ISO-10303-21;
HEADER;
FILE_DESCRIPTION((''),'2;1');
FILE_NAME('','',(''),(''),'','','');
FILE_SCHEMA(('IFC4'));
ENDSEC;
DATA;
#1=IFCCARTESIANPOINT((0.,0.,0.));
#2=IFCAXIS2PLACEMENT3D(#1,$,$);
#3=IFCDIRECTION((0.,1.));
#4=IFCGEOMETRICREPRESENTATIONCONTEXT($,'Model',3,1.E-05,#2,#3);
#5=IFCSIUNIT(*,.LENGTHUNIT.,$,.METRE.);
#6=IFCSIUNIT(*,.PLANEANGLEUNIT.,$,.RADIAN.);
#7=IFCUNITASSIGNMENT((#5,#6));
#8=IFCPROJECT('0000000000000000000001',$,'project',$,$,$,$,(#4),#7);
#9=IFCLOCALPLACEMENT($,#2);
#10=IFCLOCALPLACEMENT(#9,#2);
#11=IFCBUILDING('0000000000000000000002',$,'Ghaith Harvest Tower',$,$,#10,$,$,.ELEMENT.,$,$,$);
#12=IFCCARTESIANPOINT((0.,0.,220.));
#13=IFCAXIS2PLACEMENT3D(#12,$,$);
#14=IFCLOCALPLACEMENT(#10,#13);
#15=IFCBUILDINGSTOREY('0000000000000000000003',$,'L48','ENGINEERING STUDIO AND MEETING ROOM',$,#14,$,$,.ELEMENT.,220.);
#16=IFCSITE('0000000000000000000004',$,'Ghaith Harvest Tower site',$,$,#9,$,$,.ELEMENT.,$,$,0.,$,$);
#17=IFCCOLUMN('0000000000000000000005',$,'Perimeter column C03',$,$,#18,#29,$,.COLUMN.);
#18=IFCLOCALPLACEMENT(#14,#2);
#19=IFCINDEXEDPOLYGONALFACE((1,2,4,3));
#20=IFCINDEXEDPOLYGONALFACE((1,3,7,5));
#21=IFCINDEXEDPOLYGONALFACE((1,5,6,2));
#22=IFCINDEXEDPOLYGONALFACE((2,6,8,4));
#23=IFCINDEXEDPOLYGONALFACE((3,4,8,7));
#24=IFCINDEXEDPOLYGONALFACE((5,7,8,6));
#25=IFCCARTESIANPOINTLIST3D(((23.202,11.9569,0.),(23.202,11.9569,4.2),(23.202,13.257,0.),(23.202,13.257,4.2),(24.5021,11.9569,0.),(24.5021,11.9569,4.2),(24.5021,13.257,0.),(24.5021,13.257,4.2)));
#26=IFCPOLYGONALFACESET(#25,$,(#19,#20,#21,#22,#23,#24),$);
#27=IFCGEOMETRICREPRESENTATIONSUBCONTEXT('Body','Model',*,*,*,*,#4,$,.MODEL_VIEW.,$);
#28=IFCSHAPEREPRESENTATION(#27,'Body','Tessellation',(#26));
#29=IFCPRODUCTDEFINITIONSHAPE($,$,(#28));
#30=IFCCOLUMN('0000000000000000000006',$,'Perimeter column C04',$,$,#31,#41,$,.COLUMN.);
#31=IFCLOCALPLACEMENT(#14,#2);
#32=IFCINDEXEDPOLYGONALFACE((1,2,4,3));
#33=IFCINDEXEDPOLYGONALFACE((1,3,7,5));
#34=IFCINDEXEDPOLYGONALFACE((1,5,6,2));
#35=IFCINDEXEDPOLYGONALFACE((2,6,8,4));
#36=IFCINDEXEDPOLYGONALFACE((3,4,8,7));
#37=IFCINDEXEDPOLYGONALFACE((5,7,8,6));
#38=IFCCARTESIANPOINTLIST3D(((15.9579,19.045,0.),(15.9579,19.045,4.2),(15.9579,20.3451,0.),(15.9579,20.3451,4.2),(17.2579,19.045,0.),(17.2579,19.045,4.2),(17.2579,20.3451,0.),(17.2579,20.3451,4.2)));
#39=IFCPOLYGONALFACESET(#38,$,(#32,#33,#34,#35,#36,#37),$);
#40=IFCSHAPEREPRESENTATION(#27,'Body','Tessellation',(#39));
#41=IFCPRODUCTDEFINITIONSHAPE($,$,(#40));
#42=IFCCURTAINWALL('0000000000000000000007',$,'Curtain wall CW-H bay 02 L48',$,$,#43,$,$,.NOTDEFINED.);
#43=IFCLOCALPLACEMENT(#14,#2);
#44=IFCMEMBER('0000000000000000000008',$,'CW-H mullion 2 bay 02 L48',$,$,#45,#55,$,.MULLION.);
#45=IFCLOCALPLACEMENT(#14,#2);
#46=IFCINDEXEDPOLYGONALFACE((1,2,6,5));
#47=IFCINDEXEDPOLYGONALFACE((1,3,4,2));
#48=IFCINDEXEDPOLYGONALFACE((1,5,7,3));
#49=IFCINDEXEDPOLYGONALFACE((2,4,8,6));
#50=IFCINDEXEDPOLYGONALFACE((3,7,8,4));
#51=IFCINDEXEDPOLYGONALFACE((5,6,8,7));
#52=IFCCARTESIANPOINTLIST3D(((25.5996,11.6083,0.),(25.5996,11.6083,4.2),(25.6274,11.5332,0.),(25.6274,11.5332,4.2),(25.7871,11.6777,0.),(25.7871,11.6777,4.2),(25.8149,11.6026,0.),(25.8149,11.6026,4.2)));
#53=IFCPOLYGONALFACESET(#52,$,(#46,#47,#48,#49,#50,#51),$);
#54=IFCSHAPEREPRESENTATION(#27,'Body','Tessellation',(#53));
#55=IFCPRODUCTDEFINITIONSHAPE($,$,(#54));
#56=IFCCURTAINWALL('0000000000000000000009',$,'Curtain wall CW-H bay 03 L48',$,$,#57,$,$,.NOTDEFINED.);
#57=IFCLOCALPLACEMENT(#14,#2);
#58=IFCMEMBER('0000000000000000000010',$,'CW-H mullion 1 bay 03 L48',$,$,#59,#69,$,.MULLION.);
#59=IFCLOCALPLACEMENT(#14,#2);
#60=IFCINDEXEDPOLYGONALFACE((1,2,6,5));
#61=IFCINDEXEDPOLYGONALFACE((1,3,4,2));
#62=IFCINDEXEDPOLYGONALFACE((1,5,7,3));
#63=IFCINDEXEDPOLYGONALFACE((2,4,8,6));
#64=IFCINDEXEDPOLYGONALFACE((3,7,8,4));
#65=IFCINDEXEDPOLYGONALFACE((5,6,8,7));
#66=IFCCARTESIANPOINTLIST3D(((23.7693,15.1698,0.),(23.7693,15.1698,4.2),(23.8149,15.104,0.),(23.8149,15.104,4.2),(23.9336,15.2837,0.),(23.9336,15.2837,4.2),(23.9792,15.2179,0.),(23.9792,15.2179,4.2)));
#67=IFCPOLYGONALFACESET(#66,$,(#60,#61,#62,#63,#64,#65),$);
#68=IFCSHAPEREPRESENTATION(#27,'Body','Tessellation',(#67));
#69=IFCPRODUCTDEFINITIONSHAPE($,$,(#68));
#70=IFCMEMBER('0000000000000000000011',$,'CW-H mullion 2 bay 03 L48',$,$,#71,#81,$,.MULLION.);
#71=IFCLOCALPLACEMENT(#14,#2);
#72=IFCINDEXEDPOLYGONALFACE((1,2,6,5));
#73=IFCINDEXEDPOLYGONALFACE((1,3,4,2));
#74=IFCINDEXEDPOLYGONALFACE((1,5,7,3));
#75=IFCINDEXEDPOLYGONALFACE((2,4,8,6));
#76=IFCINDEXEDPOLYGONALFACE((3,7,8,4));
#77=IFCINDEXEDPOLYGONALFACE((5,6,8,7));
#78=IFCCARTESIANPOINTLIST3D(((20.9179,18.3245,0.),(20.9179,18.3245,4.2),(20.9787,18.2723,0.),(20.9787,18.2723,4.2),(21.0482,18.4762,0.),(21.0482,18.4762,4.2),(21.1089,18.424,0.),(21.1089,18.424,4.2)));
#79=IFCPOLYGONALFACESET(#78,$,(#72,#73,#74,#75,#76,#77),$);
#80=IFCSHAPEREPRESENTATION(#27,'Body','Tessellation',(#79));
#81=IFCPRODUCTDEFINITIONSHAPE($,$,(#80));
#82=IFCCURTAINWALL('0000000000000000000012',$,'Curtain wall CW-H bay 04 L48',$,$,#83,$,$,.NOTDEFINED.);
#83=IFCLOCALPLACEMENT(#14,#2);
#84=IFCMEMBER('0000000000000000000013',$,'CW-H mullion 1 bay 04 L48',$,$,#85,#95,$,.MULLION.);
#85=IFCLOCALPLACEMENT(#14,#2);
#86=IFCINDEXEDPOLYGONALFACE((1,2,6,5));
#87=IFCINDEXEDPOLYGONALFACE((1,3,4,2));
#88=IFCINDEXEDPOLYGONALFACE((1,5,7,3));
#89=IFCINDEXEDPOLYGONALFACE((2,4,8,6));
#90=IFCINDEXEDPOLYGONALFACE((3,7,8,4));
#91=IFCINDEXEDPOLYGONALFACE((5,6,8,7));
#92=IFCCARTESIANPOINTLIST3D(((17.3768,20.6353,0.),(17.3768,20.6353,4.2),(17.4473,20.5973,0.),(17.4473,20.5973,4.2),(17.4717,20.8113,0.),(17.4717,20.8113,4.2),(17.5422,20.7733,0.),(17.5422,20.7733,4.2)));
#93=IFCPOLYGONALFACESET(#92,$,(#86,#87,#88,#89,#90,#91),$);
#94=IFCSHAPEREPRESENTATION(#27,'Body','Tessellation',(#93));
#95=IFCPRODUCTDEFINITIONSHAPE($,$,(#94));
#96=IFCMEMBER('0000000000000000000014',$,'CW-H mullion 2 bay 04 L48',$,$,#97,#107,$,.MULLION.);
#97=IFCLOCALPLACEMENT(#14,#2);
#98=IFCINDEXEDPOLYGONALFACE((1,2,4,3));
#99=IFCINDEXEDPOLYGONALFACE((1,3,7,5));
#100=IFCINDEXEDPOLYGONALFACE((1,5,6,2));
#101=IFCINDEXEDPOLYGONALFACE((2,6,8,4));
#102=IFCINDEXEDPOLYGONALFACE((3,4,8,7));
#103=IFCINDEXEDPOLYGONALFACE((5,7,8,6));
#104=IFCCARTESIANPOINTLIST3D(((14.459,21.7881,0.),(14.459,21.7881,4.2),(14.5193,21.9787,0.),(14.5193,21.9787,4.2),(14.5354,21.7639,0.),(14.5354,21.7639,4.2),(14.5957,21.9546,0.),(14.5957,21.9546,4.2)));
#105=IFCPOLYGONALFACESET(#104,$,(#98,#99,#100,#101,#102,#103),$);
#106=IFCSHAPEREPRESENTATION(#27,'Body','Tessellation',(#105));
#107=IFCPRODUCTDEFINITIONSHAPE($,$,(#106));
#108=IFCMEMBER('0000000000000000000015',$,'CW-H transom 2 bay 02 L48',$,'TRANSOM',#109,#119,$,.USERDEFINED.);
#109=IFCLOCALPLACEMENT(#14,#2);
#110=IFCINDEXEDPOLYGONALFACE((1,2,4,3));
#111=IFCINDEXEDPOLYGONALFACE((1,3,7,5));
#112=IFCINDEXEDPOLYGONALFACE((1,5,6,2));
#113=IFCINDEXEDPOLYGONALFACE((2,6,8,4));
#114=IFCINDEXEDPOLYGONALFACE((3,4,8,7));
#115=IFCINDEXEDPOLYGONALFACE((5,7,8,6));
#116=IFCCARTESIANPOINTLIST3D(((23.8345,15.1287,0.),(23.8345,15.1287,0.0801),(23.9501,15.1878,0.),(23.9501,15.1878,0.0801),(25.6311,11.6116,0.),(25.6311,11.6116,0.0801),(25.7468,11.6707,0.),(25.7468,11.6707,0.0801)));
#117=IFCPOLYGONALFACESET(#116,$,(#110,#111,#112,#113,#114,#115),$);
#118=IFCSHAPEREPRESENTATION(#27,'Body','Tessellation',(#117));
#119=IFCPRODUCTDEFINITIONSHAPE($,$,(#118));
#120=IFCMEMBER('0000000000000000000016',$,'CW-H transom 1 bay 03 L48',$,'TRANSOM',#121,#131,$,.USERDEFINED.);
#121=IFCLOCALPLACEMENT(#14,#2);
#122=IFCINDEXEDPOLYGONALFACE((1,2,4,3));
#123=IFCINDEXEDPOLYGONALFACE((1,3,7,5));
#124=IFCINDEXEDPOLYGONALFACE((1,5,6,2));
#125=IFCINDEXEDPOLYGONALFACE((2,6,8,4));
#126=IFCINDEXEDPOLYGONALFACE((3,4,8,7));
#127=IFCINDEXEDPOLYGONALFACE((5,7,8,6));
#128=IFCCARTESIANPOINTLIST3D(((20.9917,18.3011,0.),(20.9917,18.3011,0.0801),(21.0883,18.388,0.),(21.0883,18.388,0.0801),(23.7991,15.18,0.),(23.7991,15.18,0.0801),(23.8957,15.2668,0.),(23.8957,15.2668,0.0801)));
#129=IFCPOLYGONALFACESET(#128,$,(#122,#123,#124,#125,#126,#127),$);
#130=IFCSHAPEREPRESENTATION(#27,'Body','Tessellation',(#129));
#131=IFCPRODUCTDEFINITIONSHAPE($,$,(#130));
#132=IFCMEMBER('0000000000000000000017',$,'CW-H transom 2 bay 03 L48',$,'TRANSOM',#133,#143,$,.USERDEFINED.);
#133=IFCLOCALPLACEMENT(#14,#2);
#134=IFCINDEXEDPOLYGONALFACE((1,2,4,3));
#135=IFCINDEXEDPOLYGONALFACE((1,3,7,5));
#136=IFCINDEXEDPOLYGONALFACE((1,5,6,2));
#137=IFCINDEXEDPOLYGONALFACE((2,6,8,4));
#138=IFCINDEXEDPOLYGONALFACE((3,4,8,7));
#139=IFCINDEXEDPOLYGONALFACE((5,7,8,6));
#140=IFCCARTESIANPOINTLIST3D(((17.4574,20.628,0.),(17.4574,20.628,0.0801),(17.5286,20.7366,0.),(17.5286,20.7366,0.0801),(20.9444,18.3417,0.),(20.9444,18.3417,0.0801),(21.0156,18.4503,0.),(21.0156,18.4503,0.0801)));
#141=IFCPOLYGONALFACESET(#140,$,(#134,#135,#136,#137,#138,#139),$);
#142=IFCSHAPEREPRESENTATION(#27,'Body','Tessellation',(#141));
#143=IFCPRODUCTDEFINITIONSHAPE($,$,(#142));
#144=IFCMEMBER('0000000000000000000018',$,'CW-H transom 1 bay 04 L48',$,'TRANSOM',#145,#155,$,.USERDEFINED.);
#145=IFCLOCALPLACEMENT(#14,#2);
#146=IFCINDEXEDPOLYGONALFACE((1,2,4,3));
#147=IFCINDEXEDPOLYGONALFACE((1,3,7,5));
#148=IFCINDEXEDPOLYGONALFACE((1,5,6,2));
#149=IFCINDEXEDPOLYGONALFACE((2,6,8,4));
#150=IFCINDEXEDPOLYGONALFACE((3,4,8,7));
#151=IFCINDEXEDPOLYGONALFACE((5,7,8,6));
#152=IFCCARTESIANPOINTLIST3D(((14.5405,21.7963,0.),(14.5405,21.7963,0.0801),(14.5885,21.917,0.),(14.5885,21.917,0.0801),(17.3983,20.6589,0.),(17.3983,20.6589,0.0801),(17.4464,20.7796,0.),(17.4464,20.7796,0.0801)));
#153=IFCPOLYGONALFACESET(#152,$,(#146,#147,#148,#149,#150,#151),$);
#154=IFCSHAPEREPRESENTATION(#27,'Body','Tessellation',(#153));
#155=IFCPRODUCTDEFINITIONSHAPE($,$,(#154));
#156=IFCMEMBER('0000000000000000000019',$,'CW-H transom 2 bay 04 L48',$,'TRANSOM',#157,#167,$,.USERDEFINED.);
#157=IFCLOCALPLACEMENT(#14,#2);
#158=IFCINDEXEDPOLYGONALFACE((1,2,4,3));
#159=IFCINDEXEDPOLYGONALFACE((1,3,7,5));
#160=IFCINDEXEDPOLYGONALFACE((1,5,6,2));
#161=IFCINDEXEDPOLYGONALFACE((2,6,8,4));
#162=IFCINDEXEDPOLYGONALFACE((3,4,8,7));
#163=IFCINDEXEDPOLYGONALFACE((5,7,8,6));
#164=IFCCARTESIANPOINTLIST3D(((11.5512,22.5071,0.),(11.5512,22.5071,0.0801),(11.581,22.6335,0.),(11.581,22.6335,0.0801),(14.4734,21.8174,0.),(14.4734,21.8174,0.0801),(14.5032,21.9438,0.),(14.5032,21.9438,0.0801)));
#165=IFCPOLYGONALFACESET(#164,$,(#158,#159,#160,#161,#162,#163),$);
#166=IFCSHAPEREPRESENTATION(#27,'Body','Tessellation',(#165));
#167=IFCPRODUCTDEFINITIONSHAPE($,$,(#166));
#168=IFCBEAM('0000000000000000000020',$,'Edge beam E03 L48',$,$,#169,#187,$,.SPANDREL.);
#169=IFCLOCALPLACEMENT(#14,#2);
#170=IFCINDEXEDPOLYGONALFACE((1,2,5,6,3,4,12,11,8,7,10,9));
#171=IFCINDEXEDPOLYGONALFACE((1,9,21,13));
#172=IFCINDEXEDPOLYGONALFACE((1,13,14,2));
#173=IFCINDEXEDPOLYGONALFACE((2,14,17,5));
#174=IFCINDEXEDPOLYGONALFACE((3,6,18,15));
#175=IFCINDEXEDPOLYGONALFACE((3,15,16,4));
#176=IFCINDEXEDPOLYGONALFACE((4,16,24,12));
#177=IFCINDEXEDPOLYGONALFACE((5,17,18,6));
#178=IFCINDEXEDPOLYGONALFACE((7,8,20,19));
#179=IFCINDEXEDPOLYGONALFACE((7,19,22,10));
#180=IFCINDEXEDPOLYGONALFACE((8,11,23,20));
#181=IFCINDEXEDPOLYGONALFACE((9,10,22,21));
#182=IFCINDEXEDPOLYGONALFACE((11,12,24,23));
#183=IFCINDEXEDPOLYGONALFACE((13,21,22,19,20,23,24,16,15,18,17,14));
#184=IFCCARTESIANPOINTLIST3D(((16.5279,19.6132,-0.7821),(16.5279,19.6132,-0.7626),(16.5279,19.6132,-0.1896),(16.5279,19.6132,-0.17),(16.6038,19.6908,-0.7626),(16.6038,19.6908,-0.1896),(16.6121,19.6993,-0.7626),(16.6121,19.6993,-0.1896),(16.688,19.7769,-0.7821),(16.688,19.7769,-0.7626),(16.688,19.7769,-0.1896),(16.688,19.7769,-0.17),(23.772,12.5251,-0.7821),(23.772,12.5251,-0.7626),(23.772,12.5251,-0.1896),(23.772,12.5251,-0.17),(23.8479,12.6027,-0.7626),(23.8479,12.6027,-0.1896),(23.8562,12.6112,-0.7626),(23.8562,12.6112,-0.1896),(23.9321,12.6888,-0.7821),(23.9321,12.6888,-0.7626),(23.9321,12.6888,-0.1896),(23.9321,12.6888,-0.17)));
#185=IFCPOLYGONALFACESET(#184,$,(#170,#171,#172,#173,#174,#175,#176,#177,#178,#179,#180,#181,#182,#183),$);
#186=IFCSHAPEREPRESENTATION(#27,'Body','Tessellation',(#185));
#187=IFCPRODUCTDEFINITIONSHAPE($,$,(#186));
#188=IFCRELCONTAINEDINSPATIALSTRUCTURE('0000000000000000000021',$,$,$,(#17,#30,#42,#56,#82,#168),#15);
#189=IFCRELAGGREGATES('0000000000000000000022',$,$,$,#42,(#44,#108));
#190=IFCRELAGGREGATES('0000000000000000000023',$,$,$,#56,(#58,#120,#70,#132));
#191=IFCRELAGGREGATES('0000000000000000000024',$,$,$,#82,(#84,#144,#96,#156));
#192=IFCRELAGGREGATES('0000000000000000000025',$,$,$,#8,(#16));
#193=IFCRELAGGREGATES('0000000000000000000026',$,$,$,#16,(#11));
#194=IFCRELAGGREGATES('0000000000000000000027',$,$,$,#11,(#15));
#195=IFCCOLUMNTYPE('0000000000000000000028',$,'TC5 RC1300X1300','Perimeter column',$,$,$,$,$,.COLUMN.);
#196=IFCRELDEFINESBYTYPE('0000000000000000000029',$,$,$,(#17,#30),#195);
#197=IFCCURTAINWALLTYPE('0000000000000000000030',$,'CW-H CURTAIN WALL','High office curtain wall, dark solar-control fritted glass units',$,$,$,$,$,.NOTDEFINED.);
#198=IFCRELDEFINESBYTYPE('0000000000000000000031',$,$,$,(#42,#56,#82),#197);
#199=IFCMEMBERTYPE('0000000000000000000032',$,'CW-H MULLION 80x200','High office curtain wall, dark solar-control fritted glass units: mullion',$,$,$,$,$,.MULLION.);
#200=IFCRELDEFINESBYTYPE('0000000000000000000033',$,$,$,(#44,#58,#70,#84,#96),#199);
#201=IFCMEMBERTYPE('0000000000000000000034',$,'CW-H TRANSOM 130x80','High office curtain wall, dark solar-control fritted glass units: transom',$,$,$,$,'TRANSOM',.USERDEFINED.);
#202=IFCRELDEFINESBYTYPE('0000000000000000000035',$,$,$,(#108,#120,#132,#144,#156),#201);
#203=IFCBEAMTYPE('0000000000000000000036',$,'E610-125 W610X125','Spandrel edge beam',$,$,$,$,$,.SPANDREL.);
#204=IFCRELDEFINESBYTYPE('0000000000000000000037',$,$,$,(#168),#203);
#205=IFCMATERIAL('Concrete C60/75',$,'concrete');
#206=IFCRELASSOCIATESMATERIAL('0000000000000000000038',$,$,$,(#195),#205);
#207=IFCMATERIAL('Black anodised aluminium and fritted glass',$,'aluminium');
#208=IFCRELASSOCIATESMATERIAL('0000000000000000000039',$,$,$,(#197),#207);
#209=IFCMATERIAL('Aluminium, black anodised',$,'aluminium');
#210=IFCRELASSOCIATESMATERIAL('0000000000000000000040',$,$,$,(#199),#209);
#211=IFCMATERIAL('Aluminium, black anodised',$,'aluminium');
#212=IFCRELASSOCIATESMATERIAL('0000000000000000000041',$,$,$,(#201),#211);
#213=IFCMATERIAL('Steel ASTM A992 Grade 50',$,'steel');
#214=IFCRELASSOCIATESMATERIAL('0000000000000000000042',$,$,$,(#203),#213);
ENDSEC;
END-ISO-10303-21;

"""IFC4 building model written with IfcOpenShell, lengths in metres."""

from ifc_helpers import new_model, si_unit, direction, frame, origin, origin_2d, place, context, subcontext, project, spatial, rectangle, i_section, extrude, material, material_profile, profile_set, type_object, element, aggregate, save


model = new_model("IFC4")

# Units and contexts
model_context = context("Model", 3, precision=1e-05, world=origin(), true_north=direction((0.0, 1.0)))
body_context = subcontext(model_context, "Body", "Model", "MODEL_VIEW")
ifc_project = project(units=[si_unit("LENGTHUNIT", "METRE"), si_unit("PLANEANGLEUNIT", "RADIAN")], contexts=[model_context])

# Site, building, storey
site_placement = place(None, origin())
site = spatial("IfcSite", under=ifc_project, at=site_placement, Name="Ghaith Harvest Tower site", CompositionType="ELEMENT", RefElevation=0.0)
building_placement = place(site_placement, origin())
building = spatial("IfcBuilding", under=site, at=building_placement, Name="Ghaith Harvest Tower", CompositionType="ELEMENT")
storey_placement = place(building_placement, frame((0.0, 0.0, 220.0)))
storey = spatial("IfcBuildingStorey", under=building, at=storey_placement, Name="L48", Description="ENGINEERING STUDIO AND MEETING ROOM", CompositionType="ELEMENT", Elevation=220.0)

# Columns
ifc_material_1 = material(Name="Concrete C60/75", Category="concrete")
ifc_material_profile_1 = material_profile(ifc_material_1, rectangle(XDim=1.3, YDim=1.3, at=origin_2d()), Name="RC1300X1300")
ifc_profile_set_1 = profile_set([ifc_material_profile_1], Name="Concrete C60/75")
column_type = type_object("IfcColumnType", Name="TC5 RC1300X1300", Description="Perimeter column", PredefinedType="COLUMN", material=ifc_profile_set_1)
for number, where, z_axis, x_axis, name in (
    (1, (23.8521, 12.6069, 0.0), (0.0, 0.0, 1.0), (1.0, 0.0, 0.0), "Perimeter column C03"),
    (2, (16.6079, 19.6951, 0.0), (0.0, 0.0, 1.0), (1.0, 0.0, 0.0), "Perimeter column C04"),
):
    element("IfcColumn", number, at=place(storey_placement, frame(where, z_axis=z_axis, x_axis=x_axis)), inside=storey, type_object=column_type, Name=name, PredefinedType="COLUMN", context=body_context, shape_type="SweptSolid", body=[
        extrude(rectangle(XDim=1.3, YDim=1.3, at=origin_2d()), origin(), (0.0, 0.0, 1.0), 4.2),
    ])

# Curtain wall, member
ifc_material_2 = material(Name="Black anodised aluminium and fritted glass", Category="aluminium")
curtain_wall_type = type_object("IfcCurtainWallType", Name="CW-H CURTAIN WALL", Description="High office curtain wall, dark solar-control fritted glass units", PredefinedType="NOTDEFINED", material=ifc_material_2)
curtain_wall_1_placement = place(storey_placement, origin())
curtain_wall_1 = element("IfcCurtainWall", 3, at=curtain_wall_1_placement, inside=storey, type_object=curtain_wall_type, Name="Curtain wall CW-H bay 02 L48", PredefinedType="NOTDEFINED")
ifc_material_3 = material(Name="Aluminium, black anodised", Category="aluminium")
ifc_material_profile_2 = material_profile(ifc_material_3, rectangle(XDim=0.0801, YDim=0.2, at=origin_2d()), Name="CW-H MULLION 80x200")
ifc_profile_set_2 = profile_set([ifc_material_profile_2], Name="Aluminium, black anodised")
member_type_1 = type_object("IfcMemberType", Name="CW-H MULLION 80x200", Description="High office curtain wall, dark solar-control fritted glass units: mullion", PredefinedType="MULLION", material=ifc_profile_set_2)
member_1_placement = place(storey_placement, frame((25.7073, 11.6055, 0.0), z_axis=(0.0, 0.0, 1.0), x_axis=(-0.347012, 0.937861, 0.0)))
member_1 = element("IfcMember", 4, at=member_1_placement, type_object=member_type_1, Name="CW-H mullion 2 bay 02 L48", PredefinedType="MULLION", context=body_context, shape_type="SweptSolid", body=[
    extrude(rectangle(XDim=0.0801, YDim=0.2, at=origin_2d()), origin(), (0.0, 0.0, 1.0), 4.2),
])

# Curtain walls, members
curtain_wall_2_placement = place(storey_placement, origin())
curtain_wall_2 = element("IfcCurtainWall", 5, at=curtain_wall_2_placement, inside=storey, type_object=curtain_wall_type, Name="Curtain wall CW-H bay 03 L48", PredefinedType="NOTDEFINED")
member_2_placement = place(storey_placement, frame((23.8743, 15.1938, 0.0), z_axis=(0.0, 0.0, 1.0), x_axis=(-0.569847, 0.821751, 0.0)))
member_2 = element("IfcMember", 6, at=member_2_placement, type_object=member_type_1, Name="CW-H mullion 1 bay 03 L48", PredefinedType="MULLION", context=body_context, shape_type="SweptSolid", body=[
    extrude(rectangle(XDim=0.0801, YDim=0.2, at=origin_2d()), origin(), (0.0, 0.0, 1.0), 4.2),
])
member_3_placement = place(storey_placement, frame((21.0134, 18.3743, 0.0), z_axis=(0.0, 0.0, 1.0), x_axis=(-0.758541, 0.651625, 0.0)))
member_3 = element("IfcMember", 7, at=member_3_placement, type_object=member_type_1, Name="CW-H mullion 2 bay 03 L48", PredefinedType="MULLION", context=body_context, shape_type="SweptSolid", body=[
    extrude(rectangle(XDim=0.0801, YDim=0.2, at=origin_2d()), origin(), (0.0, 0.0, 1.0), 4.2),
])
curtain_wall_3_placement = place(storey_placement, origin())
curtain_wall_3 = element("IfcCurtainWall", 8, at=curtain_wall_3_placement, inside=storey, type_object=curtain_wall_type, Name="Curtain wall CW-H bay 04 L48", PredefinedType="NOTDEFINED")
member_4_placement = place(storey_placement, frame((17.4595, 20.7043, 0.0), z_axis=(0.0, 0.0, 1.0), x_axis=(-0.880203, 0.474597, 0.0)))
member_4 = element("IfcMember", 9, at=member_4_placement, type_object=member_type_1, Name="CW-H mullion 1 bay 04 L48", PredefinedType="MULLION", context=body_context, shape_type="SweptSolid", body=[
    extrude(rectangle(XDim=0.0801, YDim=0.2, at=origin_2d()), origin(), (0.0, 0.0, 1.0), 4.2),
])
member_5_placement = place(storey_placement, frame((14.5273, 21.8713, 0.0), z_axis=(0.0, 0.0, 1.0), x_axis=(-0.953503, 0.301384, 0.0)))
member_5 = element("IfcMember", 10, at=member_5_placement, type_object=member_type_1, Name="CW-H mullion 2 bay 04 L48", PredefinedType="MULLION", context=body_context, shape_type="SweptSolid", body=[
    extrude(rectangle(XDim=0.0801, YDim=0.2, at=origin_2d()), origin(), (0.0, 0.0, 1.0), 4.2),
])

# Members
ifc_material_4 = material(Name="Aluminium, black anodised", Category="aluminium")
ifc_material_profile_3 = material_profile(ifc_material_4, rectangle(XDim=0.1299, YDim=0.0801, at=origin_2d()), Name="CW-H TRANSOM 130x80")
ifc_profile_set_3 = profile_set([ifc_material_profile_3], Name="Aluminium, black anodised")
member_type_2 = type_object("IfcMemberType", Name="CW-H TRANSOM 130x80", Description="High office curtain wall, dark solar-control fritted glass units: transom", ElementType="TRANSOM", PredefinedType="USERDEFINED", material=ifc_profile_set_3)
member_6_placement = place(storey_placement, frame((25.689, 11.6411, 0.04), z_axis=(-0.454912, 0.890537, 0.0), x_axis=(-0.890537, -0.454912, 0.0)))
member_6 = element("IfcMember", 11, at=member_6_placement, type_object=member_type_2, Name="CW-H transom 2 bay 02 L48", ObjectType="TRANSOM", PredefinedType="USERDEFINED", context=body_context, shape_type="SweptSolid", body=[
    extrude(rectangle(XDim=0.1299, YDim=0.0801, at=origin_2d()), origin(), (0.0, 0.0, 1.0), 3.9495),
])
member_7_placement = place(storey_placement, frame((23.8474, 15.2234, 0.04), z_axis=(-0.668753, 0.743485, 0.0), x_axis=(-0.743485, -0.668753, 0.0)))
member_7 = element("IfcMember", 12, at=member_7_placement, type_object=member_type_2, Name="CW-H transom 1 bay 03 L48", ObjectType="TRANSOM", PredefinedType="USERDEFINED", context=body_context, shape_type="SweptSolid", body=[
    extrude(rectangle(XDim=0.1299, YDim=0.0801, at=origin_2d()), origin(), (0.0, 0.0, 1.0), 4.198),
])
member_8_placement = place(storey_placement, frame((20.98, 18.396, 0.04), z_axis=(-0.836269, 0.54832, 0.0), x_axis=(-0.54832, -0.836269, 0.0)))
member_8 = element("IfcMember", 13, at=member_8_placement, type_object=member_type_2, Name="CW-H transom 2 bay 03 L48", ObjectType="TRANSOM", PredefinedType="USERDEFINED", context=body_context, shape_type="SweptSolid", body=[
    extrude(rectangle(XDim=0.1299, YDim=0.0801, at=origin_2d()), origin(), (0.0, 0.0, 1.0), 4.1697),
])
member_9_placement = place(storey_placement, frame((17.4224, 20.7192, 0.04), z_axis=(-0.929116, 0.369789, 0.0), x_axis=(-0.369789, -0.929116, 0.0)))
member_9 = element("IfcMember", 14, at=member_9_placement, type_object=member_type_2, Name="CW-H transom 1 bay 04 L48", ObjectType="TRANSOM", PredefinedType="USERDEFINED", context=body_context, shape_type="SweptSolid", body=[
    extrude(rectangle(XDim=0.1299, YDim=0.0801, at=origin_2d()), origin(), (0.0, 0.0, 1.0), 3.0759),
])
member_10_placement = place(storey_placement, frame((14.4883, 21.8806, 0.04), z_axis=(-0.973258, 0.229715, 0.0), x_axis=(-0.229715, -0.973258, 0.0)))
member_10 = element("IfcMember", 15, at=member_10_placement, type_object=member_type_2, Name="CW-H transom 2 bay 04 L48", ObjectType="TRANSOM", PredefinedType="USERDEFINED", context=body_context, shape_type="SweptSolid", body=[
    extrude(rectangle(XDim=0.1299, YDim=0.0801, at=origin_2d()), origin(), (0.0, 0.0, 1.0), 3.0024),
])

# Beam
ifc_material_5 = material(Name="Steel ASTM A992 Grade 50", Category="steel")
ifc_material_profile_4 = material_profile(ifc_material_5, i_section(OverallWidth=0.229, OverallDepth=0.6121, WebThickness=0.012, FlangeThickness=0.0195, at=origin_2d()), Name="W610X125")
ifc_profile_set_4 = profile_set([ifc_material_profile_4], Name="Steel ASTM A992 Grade 50")
beam_type = type_object("IfcBeamType", Name="E610-125 W610X125", Description="Spandrel edge beam", PredefinedType="SPANDREL", material=ifc_profile_set_4)
beam_1_placement = place(storey_placement, frame((23.8521, 12.6069, -0.4761), z_axis=(-0.714761, 0.699369, 0.0), x_axis=(-0.699369, -0.714761, 0.0)))
element("IfcBeam", 16, at=beam_1_placement, inside=storey, type_object=beam_type, Name="Edge beam E03 L48", PredefinedType="SPANDREL", context=body_context, shape_type="SweptSolid", body=[
    extrude(i_section(OverallWidth=0.229, OverallDepth=0.6121, WebThickness=0.012, FlangeThickness=0.0195, at=origin_2d()), origin(), (0.0, 0.0, 1.0), 10.135),
])

aggregate(curtain_wall_1, [member_1, member_6])
aggregate(curtain_wall_2, [member_2, member_7, member_3, member_8])
aggregate(curtain_wall_3, [member_4, member_9, member_5, member_10])

save(model, "model.ifc")
